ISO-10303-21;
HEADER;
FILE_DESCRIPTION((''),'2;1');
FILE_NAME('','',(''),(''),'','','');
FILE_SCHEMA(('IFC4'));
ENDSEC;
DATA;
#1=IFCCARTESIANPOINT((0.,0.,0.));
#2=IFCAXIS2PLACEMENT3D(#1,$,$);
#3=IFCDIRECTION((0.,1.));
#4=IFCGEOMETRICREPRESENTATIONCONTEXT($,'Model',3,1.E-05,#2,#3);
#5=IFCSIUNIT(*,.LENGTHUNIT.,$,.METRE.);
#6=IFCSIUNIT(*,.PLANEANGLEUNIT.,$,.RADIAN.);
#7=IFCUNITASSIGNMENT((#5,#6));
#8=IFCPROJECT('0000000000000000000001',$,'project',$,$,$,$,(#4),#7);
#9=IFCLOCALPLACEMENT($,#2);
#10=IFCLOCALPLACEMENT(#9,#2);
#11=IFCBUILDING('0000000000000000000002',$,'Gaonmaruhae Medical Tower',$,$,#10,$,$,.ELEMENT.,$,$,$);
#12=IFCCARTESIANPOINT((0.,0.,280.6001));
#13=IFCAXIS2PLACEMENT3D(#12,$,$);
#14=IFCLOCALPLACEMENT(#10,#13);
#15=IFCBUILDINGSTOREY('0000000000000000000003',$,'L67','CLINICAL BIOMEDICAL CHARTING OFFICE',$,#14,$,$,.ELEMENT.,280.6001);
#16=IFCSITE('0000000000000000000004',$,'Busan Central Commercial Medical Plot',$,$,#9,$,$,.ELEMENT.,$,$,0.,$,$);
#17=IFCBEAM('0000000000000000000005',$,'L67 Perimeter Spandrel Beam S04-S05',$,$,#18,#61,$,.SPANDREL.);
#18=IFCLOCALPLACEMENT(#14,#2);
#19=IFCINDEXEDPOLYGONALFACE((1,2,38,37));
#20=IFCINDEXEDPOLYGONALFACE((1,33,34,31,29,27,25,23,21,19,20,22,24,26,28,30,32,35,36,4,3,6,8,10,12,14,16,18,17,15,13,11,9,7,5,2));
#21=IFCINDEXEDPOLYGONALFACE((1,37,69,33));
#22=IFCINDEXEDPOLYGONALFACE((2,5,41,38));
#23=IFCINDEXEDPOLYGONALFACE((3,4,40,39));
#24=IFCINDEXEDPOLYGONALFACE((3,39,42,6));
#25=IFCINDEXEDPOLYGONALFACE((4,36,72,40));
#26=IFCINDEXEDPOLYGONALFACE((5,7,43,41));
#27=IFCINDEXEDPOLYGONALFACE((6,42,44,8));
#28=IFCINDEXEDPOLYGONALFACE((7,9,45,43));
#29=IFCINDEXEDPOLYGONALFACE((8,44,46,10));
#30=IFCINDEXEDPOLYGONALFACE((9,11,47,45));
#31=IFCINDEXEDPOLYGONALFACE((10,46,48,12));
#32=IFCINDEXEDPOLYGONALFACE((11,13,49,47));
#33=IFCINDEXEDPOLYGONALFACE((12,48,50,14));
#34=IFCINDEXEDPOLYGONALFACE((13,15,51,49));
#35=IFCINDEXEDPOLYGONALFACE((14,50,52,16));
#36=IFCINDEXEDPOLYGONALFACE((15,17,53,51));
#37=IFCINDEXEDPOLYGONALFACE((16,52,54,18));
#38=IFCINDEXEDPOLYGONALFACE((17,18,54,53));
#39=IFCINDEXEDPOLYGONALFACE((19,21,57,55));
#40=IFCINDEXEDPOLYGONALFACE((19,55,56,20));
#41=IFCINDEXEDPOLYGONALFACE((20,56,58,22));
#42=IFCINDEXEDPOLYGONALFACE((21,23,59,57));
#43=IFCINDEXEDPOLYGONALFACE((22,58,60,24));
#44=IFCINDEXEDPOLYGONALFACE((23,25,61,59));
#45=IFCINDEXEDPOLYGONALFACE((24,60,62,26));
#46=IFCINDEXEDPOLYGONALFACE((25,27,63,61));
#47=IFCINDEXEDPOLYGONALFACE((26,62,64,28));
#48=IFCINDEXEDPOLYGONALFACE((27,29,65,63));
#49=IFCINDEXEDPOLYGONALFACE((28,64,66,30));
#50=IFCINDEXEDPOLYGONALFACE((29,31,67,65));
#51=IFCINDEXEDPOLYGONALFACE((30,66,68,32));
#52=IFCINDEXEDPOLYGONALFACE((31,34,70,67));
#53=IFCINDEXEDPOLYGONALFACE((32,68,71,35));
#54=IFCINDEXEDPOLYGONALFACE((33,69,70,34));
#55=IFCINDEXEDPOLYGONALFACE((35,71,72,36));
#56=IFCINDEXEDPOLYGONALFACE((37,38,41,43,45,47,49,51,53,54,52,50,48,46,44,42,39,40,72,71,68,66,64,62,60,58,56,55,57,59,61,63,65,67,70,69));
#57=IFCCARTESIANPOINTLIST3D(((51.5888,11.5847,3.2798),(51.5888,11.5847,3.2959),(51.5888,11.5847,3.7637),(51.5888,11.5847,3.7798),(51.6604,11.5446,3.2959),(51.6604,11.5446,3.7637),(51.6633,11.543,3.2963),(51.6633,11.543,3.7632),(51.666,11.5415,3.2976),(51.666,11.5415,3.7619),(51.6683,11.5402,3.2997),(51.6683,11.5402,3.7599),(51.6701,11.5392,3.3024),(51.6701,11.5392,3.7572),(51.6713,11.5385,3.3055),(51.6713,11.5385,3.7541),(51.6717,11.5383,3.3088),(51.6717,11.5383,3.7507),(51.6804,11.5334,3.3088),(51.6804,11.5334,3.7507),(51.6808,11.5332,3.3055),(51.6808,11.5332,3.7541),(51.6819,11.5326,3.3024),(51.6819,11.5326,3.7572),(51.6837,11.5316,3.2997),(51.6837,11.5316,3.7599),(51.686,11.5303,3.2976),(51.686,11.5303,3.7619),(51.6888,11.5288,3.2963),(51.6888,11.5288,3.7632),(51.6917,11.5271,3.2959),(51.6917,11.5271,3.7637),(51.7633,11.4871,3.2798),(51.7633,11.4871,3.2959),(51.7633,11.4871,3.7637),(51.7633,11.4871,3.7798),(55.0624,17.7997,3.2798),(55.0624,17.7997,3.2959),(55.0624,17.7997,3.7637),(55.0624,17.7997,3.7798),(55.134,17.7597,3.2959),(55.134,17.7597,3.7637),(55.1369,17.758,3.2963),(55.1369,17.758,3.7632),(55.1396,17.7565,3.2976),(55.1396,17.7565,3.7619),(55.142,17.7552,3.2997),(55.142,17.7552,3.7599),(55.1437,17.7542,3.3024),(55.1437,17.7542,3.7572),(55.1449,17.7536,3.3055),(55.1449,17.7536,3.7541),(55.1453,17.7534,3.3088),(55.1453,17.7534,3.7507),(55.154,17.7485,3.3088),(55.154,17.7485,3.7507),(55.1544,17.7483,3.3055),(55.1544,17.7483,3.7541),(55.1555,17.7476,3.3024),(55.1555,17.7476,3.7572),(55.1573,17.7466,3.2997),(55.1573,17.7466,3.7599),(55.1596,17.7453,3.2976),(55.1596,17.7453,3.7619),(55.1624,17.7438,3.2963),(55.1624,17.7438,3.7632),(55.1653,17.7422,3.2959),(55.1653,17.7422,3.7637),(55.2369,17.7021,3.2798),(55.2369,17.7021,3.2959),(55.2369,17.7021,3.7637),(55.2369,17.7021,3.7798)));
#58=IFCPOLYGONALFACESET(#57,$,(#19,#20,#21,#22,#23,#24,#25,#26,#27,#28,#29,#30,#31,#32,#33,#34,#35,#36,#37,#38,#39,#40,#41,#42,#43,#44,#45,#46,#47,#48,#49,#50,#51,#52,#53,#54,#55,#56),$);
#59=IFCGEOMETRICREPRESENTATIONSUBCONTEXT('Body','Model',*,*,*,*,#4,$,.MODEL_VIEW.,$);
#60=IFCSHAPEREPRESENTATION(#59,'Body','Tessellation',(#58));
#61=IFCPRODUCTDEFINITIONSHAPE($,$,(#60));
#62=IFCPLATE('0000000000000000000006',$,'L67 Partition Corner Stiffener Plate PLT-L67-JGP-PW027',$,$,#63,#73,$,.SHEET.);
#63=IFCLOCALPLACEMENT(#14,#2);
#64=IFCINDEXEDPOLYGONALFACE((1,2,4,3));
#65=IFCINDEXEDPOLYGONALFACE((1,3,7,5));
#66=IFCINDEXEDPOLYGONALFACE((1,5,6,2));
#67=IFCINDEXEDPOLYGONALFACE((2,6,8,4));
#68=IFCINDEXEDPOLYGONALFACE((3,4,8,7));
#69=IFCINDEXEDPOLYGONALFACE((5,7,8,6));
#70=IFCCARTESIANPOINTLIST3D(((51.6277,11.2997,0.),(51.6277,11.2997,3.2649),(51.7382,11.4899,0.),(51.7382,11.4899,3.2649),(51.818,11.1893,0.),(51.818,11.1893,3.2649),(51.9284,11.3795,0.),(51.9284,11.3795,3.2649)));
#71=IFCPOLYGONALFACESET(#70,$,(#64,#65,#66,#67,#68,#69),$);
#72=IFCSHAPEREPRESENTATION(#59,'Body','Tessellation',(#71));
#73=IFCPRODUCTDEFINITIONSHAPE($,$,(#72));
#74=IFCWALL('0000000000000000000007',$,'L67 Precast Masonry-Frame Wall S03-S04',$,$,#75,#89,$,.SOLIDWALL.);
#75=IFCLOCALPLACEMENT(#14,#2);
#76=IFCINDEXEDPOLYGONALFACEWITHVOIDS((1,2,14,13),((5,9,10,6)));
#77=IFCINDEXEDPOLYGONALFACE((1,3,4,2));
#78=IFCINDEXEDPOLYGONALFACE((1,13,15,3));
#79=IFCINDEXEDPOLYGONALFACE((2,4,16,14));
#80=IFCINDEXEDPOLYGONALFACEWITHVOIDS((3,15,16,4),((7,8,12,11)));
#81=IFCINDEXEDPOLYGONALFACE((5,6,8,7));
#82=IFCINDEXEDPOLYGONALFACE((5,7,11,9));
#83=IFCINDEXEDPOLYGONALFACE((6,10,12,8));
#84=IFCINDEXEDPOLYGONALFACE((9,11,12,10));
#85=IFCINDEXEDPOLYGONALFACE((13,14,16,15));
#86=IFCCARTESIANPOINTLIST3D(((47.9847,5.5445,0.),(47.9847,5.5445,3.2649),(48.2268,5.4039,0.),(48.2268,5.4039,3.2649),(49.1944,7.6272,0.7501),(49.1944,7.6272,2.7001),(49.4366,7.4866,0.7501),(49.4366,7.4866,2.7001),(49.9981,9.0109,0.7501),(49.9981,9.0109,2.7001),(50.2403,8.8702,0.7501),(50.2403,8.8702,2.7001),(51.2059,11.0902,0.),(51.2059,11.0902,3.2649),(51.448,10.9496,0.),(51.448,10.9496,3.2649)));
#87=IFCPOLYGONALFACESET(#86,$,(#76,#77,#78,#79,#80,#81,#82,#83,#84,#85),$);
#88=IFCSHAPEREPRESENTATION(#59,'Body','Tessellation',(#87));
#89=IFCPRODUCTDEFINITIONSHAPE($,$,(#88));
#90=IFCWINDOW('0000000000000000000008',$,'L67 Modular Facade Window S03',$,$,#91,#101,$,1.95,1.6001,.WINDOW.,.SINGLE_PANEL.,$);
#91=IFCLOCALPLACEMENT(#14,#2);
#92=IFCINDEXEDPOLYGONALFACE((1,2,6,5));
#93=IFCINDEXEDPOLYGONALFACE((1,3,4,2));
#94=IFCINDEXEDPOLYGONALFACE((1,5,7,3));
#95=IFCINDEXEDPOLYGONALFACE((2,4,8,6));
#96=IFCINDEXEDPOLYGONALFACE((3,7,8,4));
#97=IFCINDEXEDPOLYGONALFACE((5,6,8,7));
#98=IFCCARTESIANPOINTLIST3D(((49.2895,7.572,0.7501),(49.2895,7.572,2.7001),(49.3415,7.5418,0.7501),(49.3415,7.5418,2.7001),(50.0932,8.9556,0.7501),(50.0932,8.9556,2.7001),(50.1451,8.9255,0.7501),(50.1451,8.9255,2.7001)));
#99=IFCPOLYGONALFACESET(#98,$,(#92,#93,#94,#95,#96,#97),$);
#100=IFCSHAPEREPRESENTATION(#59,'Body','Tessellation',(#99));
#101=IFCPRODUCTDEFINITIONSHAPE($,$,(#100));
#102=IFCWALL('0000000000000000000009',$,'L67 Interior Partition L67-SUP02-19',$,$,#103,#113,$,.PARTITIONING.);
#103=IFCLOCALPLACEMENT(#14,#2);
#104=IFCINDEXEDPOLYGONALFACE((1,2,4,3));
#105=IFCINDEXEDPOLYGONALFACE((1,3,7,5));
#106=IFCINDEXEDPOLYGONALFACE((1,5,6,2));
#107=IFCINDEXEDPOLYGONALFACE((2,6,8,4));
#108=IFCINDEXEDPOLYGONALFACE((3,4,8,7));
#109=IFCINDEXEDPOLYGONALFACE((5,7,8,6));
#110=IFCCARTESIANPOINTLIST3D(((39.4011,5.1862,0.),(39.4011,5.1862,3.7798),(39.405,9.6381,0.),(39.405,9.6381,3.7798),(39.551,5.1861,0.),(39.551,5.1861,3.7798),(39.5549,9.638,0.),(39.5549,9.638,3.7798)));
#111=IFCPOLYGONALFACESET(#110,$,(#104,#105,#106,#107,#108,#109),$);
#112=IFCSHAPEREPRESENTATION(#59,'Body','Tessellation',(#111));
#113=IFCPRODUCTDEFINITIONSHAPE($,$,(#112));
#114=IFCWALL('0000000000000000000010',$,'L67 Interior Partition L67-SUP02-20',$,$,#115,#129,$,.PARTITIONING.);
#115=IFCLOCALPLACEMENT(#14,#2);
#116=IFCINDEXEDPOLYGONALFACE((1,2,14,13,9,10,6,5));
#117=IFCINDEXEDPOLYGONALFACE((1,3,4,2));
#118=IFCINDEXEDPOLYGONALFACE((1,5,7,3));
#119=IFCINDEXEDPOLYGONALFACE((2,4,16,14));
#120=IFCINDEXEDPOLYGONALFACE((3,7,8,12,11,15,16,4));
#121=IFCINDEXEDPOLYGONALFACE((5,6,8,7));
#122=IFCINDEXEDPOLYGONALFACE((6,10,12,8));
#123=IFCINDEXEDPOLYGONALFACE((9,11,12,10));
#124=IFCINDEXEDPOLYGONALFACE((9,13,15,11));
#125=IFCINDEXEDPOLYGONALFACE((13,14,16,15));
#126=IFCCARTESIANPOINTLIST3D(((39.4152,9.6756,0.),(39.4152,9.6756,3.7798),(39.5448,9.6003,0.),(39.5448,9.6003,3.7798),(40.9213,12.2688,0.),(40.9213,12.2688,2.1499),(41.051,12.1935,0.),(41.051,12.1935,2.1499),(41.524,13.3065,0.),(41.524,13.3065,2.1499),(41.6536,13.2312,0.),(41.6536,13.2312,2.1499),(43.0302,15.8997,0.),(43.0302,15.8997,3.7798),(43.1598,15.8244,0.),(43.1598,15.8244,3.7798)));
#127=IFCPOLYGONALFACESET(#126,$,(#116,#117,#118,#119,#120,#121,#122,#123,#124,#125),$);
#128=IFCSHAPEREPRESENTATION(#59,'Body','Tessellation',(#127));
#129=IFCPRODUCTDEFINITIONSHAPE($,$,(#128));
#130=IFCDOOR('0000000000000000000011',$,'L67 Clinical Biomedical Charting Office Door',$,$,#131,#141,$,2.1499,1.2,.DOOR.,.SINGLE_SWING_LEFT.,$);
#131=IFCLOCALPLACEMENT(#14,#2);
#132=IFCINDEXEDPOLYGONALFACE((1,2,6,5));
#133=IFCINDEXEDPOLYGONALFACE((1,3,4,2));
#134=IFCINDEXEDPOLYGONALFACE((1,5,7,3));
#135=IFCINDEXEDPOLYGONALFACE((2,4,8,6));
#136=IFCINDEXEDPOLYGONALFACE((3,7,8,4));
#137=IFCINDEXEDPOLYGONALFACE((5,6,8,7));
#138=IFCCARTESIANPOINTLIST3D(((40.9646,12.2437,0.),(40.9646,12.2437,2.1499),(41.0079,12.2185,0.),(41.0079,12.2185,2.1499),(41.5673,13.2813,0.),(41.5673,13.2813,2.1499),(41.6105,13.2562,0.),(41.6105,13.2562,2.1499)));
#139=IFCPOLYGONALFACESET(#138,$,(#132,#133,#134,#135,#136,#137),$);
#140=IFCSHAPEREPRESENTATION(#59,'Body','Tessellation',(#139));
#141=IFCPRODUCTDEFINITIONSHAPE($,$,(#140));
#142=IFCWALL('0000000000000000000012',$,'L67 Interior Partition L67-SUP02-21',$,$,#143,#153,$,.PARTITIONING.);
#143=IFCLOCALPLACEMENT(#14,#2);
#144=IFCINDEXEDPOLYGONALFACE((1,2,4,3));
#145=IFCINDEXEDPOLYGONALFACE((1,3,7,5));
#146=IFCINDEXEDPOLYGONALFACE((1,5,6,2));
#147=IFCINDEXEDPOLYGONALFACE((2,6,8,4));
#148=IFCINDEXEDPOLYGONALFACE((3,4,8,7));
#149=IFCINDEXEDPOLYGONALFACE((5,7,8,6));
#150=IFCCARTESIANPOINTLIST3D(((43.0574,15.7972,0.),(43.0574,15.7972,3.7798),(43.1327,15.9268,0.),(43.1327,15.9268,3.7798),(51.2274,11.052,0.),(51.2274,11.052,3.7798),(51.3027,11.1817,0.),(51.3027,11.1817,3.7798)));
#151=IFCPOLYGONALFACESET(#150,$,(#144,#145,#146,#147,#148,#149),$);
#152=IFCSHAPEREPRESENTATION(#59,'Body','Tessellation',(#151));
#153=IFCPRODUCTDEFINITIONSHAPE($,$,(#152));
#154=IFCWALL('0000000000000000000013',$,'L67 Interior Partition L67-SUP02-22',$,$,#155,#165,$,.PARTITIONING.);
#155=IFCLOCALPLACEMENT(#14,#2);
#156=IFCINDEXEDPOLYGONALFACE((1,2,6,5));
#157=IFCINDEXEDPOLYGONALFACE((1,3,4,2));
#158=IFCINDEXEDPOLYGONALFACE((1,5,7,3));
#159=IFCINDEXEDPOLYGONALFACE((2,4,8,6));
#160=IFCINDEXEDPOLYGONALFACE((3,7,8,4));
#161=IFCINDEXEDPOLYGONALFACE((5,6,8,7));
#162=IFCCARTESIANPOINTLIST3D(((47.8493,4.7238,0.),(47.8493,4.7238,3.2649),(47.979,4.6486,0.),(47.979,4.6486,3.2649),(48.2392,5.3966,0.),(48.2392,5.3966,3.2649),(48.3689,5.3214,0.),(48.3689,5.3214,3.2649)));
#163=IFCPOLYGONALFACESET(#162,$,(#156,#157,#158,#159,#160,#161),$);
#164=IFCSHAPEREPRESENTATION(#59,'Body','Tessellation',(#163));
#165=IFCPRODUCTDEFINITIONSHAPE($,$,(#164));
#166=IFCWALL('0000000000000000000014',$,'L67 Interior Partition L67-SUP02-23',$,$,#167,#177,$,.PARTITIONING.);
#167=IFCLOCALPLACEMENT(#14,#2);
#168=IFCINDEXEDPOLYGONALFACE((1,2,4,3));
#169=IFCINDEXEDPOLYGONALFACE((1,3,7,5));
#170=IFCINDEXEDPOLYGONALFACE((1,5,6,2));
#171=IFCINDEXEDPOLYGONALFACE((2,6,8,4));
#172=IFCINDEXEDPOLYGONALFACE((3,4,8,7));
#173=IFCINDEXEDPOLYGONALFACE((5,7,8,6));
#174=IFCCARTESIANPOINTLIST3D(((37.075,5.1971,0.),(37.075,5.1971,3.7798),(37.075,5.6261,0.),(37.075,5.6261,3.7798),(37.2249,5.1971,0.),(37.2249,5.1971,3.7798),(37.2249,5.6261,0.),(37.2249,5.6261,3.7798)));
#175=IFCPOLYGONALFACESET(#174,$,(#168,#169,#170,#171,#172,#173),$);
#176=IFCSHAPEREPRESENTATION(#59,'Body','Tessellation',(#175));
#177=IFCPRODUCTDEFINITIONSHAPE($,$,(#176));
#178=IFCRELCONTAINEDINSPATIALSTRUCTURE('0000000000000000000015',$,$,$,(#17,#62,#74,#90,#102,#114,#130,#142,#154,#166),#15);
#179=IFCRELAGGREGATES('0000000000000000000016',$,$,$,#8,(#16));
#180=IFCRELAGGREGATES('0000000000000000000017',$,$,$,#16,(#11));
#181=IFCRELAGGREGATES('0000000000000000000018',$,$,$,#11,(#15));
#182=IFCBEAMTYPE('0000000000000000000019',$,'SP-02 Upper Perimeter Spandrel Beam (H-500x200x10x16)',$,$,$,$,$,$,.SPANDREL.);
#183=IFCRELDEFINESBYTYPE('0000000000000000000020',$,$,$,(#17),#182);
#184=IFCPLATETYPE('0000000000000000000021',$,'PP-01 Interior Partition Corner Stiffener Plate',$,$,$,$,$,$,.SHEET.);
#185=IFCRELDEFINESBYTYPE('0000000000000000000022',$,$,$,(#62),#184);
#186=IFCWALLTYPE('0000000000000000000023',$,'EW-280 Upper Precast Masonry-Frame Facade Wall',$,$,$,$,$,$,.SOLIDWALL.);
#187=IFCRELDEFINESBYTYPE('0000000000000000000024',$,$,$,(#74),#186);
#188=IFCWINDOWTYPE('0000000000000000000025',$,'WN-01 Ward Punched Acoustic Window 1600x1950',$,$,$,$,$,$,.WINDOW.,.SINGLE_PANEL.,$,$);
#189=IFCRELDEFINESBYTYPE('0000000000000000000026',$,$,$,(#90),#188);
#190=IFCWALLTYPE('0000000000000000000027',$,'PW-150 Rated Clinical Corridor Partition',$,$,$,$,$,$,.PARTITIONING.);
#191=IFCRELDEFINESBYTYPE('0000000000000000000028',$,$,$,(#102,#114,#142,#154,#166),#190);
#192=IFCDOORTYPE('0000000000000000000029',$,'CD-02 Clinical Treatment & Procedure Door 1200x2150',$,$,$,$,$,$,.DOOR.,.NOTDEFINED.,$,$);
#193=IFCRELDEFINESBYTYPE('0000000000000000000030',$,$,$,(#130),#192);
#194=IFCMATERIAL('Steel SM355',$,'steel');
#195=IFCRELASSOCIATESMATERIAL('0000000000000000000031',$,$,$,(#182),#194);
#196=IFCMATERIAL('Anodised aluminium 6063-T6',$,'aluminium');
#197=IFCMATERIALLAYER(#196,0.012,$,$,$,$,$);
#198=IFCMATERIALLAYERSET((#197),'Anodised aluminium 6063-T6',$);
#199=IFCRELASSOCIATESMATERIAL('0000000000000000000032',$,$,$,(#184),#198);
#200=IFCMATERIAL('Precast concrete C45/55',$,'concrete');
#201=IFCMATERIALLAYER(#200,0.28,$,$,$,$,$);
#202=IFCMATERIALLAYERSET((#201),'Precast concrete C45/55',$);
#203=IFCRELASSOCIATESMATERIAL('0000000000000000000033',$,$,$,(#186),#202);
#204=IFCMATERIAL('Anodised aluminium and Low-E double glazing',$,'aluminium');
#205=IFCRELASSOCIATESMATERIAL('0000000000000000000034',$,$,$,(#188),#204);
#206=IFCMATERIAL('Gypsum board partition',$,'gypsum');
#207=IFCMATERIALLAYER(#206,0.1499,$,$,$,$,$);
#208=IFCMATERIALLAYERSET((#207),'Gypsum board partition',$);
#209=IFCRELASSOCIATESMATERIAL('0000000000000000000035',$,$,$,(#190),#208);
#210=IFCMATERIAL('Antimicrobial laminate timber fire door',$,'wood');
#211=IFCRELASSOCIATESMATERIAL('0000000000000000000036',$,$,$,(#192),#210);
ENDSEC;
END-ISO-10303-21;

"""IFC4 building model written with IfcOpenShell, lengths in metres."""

from ifc_helpers import new_model, si_unit, direction, frame, frame_2d, origin, origin_2d, place, context, subcontext, project, spatial, rectangle, i_section, extrude, material, layer, layer_set, material_profile, profile_set, type_object, element, fill, save


model = new_model("IFC4")

# Units and contexts
model_context = context("Model", 3, precision=1e-05, world=origin(), true_north=direction((0.0, 1.0)))
body_context = subcontext(model_context, "Body", "Model", "MODEL_VIEW")
ifc_project = project(units=[si_unit("LENGTHUNIT", "METRE"), si_unit("PLANEANGLEUNIT", "RADIAN")], contexts=[model_context])

# Site, building, storey
site_placement = place(None, origin())
site = spatial("IfcSite", under=ifc_project, at=site_placement, Name="Busan Central Commercial Medical Plot", CompositionType="ELEMENT", RefElevation=0.0)
building_placement = place(site_placement, origin())
building = spatial("IfcBuilding", under=site, at=building_placement, Name="Gaonmaruhae Medical Tower", CompositionType="ELEMENT")
storey_placement = place(building_placement, frame((0.0, 0.0, 280.6001)))
storey = spatial("IfcBuildingStorey", under=building, at=storey_placement, Name="L67", Description="CLINICAL BIOMEDICAL CHARTING OFFICE", CompositionType="ELEMENT", Elevation=280.6001)

# Beam
ifc_material_1 = material(Name="Steel SM355", Category="steel")
ifc_material_profile_1 = material_profile(ifc_material_1, i_section(OverallWidth=0.2, OverallDepth=0.5, WebThickness=0.01, FlangeThickness=0.0161, FilletRadius=0.0129, at=origin_2d()), Name="H-500x200x10x16")
ifc_profile_set_1 = profile_set([ifc_material_profile_1], Name="Steel SM355")
beam_type_1 = type_object("IfcBeamType", Name="SP-02 Upper Perimeter Spandrel Beam (H-500x200x10x16)", PredefinedType="SPANDREL", material=ifc_profile_set_1)
beam_1_placement = place(storey_placement, frame((51.676, 11.5359, 3.5298), z_axis=(0.487874, 0.872914, 0.0), x_axis=(-0.872914, 0.487874, 0.0)))
element("IfcBeam", 1, at=beam_1_placement, inside=storey, type_object=beam_type_1, Name="L67 Perimeter Spandrel Beam S04-S05", PredefinedType="SPANDREL", context=body_context, shape_type="SweptSolid", body=[
    extrude(i_section(OverallWidth=0.2, OverallDepth=0.5, WebThickness=0.01, FlangeThickness=0.0161, FilletRadius=0.0129, at=origin_2d()), origin(), (0.0, 0.0, 1.0), 7.1199),
])

# Plate
ifc_material_2 = material(Name="Anodised aluminium 6063-T6", Category="aluminium")
ifc_layer_1 = layer(ifc_material_2, 0.012)
ifc_layer_set_1 = layer_set([ifc_layer_1], Name="Anodised aluminium 6063-T6")
plate_type = type_object("IfcPlateType", Name="PP-01 Interior Partition Corner Stiffener Plate", PredefinedType="SHEET", material=ifc_layer_set_1)
plate_placement = place(storey_placement, frame((51.7781, 11.3396, 0.0), z_axis=(0.0, 0.0, 1.0), x_axis=(-0.502054, -0.864836, 0.0)))
element("IfcPlate", 2, at=plate_placement, inside=storey, type_object=plate_type, Name="L67 Partition Corner Stiffener Plate PLT-L67-JGP-PW027", PredefinedType="SHEET", context=body_context, shape_type="SweptSolid", body=[
    extrude(rectangle(XDim=0.22, YDim=0.22, at=origin_2d()), origin(), (0.0, 0.0, 1.0), 3.2649),
])

# Wall, opening, window
ifc_material_3 = material(Name="Precast concrete C45/55", Category="concrete")
ifc_layer_2 = layer(ifc_material_3, 0.28)
ifc_layer_set_2 = layer_set([ifc_layer_2], Name="Precast concrete C45/55")
wall_type_1 = type_object("IfcWallType", Name="EW-280 Upper Precast Masonry-Frame Facade Wall", PredefinedType="SOLIDWALL", material=ifc_layer_set_2)
wall_1_placement = place(storey_placement, frame((51.3269, 11.0198, 0.0), z_axis=(0.0, 0.0, 1.0), x_axis=(-0.502268, -0.864712, 0.0)))
wall_1 = element("IfcWall", 3, at=wall_1_placement, inside=storey, type_object=wall_type_1, Name="L67 Precast Masonry-Frame Wall S03-S04", PredefinedType="SOLIDWALL", context=body_context, shape_type="SweptSolid", body=[
    extrude(rectangle(XDim=6.4133, YDim=0.28, at=frame_2d((3.2065, 0.0))), origin(), (0.0, 0.0, 1.0), 3.2649),
])
opening_1_placement = place(wall_1_placement, frame((2.4045, 0.0, 0.75)))
opening_1 = element("IfcOpeningElement", 4, at=opening_1_placement, cuts=wall_1, PredefinedType="OPENING", context=body_context, shape_type="SweptSolid", body=[
    extrude(rectangle(XDim=1.6001, YDim=1.95, at=frame_2d((0.8, 0.9751))), frame((0.0, 0.1499, 0.0), z_axis=(0.0, -1.0, 0.0), x_axis=(1.0, 0.0, 0.0)), (0.0, 0.0, 1.0), 0.3),
])
ifc_material_4 = material(Name="Anodised aluminium and Low-E double glazing", Category="aluminium")
window_type = type_object("IfcWindowType", Name="WN-01 Ward Punched Acoustic Window 1600x1950", PartitioningType="SINGLE_PANEL", PredefinedType="WINDOW", material=ifc_material_4)
window_placement = place(opening_1_placement, origin())
window = element("IfcWindow", 5, at=window_placement, inside=storey, type_object=window_type, Name="L67 Modular Facade Window S03", OverallHeight=1.95, OverallWidth=1.6001, PartitioningType="SINGLE_PANEL", PredefinedType="WINDOW", context=body_context, shape_type="SweptSolid", body=[
    extrude(rectangle(XDim=1.6001, YDim=1.95, at=frame_2d((0.8, 0.9751))), frame((0.0, 0.03, 0.0), z_axis=(0.0, -1.0, 0.0), x_axis=(1.0, 0.0, 0.0)), (0.0, 0.0, 1.0), 0.0601),
])
fill(opening_1, window)

# Wall
ifc_material_5 = material(Name="Gypsum board partition", Category="gypsum")
ifc_layer_3 = layer(ifc_material_5, 0.1499)
ifc_layer_set_3 = layer_set([ifc_layer_3], Name="Gypsum board partition")
wall_type_2 = type_object("IfcWallType", Name="PW-150 Rated Clinical Corridor Partition", PredefinedType="PARTITIONING", material=ifc_layer_set_3)
wall_2_placement = place(storey_placement, frame((39.4761, 5.186, 0.0), z_axis=(0.0, 0.0, 1.0), x_axis=(0.000877, 1.0, 0.0)))
element("IfcWall", 6, at=wall_2_placement, inside=storey, type_object=wall_type_2, Name="L67 Interior Partition L67-SUP02-19", PredefinedType="PARTITIONING", context=body_context, shape_type="SweptSolid", body=[
    extrude(rectangle(XDim=4.4519, YDim=0.1499, at=frame_2d((2.2261, 0.0))), origin(), (0.0, 0.0, 1.0), 3.7798),
])

# Wall, opening, door
wall_3_placement = place(storey_placement, frame((39.48, 9.6379, 0.0), z_axis=(0.0, 0.0, 1.0), x_axis=(0.502238, 0.86473, 0.0)))
wall_3 = element("IfcWall", 7, at=wall_3_placement, inside=storey, type_object=wall_type_2, Name="L67 Interior Partition L67-SUP02-20", PredefinedType="PARTITIONING", context=body_context, shape_type="SweptSolid", body=[
    extrude(rectangle(XDim=7.1978, YDim=0.1499, at=frame_2d((3.5989, 0.0))), origin(), (0.0, 0.0, 1.0), 3.7798),
])
opening_2_placement = place(wall_3_placement, frame((2.9988, 0.0, 0.0)))
opening_2 = element("IfcOpeningElement", 8, at=opening_2_placement, cuts=wall_3, PredefinedType="OPENING", context=body_context, shape_type="SweptSolid", body=[
    extrude(rectangle(XDim=1.2, YDim=2.1499, at=frame_2d((0.6001, 1.075))), frame((0.0, 0.085, 0.0), z_axis=(0.0, -1.0, 0.0), x_axis=(1.0, 0.0, 0.0)), (0.0, 0.0, 1.0), 0.1699),
])
ifc_material_6 = material(Name="Antimicrobial laminate timber fire door", Category="wood")
door_type = type_object("IfcDoorType", Name="CD-02 Clinical Treatment & Procedure Door 1200x2150", OperationType="NOTDEFINED", PredefinedType="DOOR", material=ifc_material_6)
door_1_placement = place(opening_2_placement, origin())
door_1 = element("IfcDoor", 9, at=door_1_placement, inside=storey, type_object=door_type, Name="L67 Clinical Biomedical Charting Office Door", OperationType="SINGLE_SWING_LEFT", OverallHeight=2.1499, OverallWidth=1.2, PredefinedType="DOOR", context=body_context, shape_type="SweptSolid", body=[
    extrude(rectangle(XDim=1.2, YDim=2.1499, at=frame_2d((0.6001, 1.075))), frame((0.0, 0.0249, 0.0), z_axis=(0.0, -1.0, 0.0), x_axis=(1.0, 0.0, 0.0)), (0.0, 0.0, 1.0), 0.05),
])
fill(opening_2, door_1)

# Walls
wall_4_placement = place(storey_placement, frame((43.095, 15.8621, 0.0), z_axis=(0.0, 0.0, 1.0), x_axis=(0.86473, -0.502238, 0.0)))
element("IfcWall", 10, at=wall_4_placement, inside=storey, type_object=wall_type_2, Name="L67 Interior Partition L67-SUP02-21", PredefinedType="PARTITIONING", context=body_context, shape_type="SweptSolid", body=[
    extrude(rectangle(XDim=9.448, YDim=0.1499, at=frame_2d((4.7241, 0.0))), origin(), (0.0, 0.0, 1.0), 3.7798),
])
wall_5_placement = place(storey_placement, frame((48.304, 5.3589, 0.0), z_axis=(0.0, 0.0, 1.0), x_axis=(-0.50137, -0.865233, 0.0)))
element("IfcWall", 11, at=wall_5_placement, inside=storey, type_object=wall_type_2, Name="L67 Interior Partition L67-SUP02-22", PredefinedType="PARTITIONING", context=body_context, shape_type="SweptSolid", body=[
    extrude(rectangle(XDim=0.7776, YDim=0.1499, at=frame_2d((0.3887, 0.0))), origin(), (0.0, 0.0, 1.0), 3.2649),
])
wall_6_placement = place(storey_placement, frame((37.1499, 5.626, 0.0), z_axis=(0.0, 0.0, 1.0), x_axis=(0.0, -1.0, 0.0)))
element("IfcWall", 12, at=wall_6_placement, inside=storey, type_object=wall_type_2, Name="L67 Interior Partition L67-SUP02-23", PredefinedType="PARTITIONING", context=body_context, shape_type="SweptSolid", body=[
    extrude(rectangle(XDim=0.429, YDim=0.1499, at=frame_2d((0.2144, 0.0))), origin(), (0.0, 0.0, 1.0), 3.7798),
])

save(model, "model.ifc")
